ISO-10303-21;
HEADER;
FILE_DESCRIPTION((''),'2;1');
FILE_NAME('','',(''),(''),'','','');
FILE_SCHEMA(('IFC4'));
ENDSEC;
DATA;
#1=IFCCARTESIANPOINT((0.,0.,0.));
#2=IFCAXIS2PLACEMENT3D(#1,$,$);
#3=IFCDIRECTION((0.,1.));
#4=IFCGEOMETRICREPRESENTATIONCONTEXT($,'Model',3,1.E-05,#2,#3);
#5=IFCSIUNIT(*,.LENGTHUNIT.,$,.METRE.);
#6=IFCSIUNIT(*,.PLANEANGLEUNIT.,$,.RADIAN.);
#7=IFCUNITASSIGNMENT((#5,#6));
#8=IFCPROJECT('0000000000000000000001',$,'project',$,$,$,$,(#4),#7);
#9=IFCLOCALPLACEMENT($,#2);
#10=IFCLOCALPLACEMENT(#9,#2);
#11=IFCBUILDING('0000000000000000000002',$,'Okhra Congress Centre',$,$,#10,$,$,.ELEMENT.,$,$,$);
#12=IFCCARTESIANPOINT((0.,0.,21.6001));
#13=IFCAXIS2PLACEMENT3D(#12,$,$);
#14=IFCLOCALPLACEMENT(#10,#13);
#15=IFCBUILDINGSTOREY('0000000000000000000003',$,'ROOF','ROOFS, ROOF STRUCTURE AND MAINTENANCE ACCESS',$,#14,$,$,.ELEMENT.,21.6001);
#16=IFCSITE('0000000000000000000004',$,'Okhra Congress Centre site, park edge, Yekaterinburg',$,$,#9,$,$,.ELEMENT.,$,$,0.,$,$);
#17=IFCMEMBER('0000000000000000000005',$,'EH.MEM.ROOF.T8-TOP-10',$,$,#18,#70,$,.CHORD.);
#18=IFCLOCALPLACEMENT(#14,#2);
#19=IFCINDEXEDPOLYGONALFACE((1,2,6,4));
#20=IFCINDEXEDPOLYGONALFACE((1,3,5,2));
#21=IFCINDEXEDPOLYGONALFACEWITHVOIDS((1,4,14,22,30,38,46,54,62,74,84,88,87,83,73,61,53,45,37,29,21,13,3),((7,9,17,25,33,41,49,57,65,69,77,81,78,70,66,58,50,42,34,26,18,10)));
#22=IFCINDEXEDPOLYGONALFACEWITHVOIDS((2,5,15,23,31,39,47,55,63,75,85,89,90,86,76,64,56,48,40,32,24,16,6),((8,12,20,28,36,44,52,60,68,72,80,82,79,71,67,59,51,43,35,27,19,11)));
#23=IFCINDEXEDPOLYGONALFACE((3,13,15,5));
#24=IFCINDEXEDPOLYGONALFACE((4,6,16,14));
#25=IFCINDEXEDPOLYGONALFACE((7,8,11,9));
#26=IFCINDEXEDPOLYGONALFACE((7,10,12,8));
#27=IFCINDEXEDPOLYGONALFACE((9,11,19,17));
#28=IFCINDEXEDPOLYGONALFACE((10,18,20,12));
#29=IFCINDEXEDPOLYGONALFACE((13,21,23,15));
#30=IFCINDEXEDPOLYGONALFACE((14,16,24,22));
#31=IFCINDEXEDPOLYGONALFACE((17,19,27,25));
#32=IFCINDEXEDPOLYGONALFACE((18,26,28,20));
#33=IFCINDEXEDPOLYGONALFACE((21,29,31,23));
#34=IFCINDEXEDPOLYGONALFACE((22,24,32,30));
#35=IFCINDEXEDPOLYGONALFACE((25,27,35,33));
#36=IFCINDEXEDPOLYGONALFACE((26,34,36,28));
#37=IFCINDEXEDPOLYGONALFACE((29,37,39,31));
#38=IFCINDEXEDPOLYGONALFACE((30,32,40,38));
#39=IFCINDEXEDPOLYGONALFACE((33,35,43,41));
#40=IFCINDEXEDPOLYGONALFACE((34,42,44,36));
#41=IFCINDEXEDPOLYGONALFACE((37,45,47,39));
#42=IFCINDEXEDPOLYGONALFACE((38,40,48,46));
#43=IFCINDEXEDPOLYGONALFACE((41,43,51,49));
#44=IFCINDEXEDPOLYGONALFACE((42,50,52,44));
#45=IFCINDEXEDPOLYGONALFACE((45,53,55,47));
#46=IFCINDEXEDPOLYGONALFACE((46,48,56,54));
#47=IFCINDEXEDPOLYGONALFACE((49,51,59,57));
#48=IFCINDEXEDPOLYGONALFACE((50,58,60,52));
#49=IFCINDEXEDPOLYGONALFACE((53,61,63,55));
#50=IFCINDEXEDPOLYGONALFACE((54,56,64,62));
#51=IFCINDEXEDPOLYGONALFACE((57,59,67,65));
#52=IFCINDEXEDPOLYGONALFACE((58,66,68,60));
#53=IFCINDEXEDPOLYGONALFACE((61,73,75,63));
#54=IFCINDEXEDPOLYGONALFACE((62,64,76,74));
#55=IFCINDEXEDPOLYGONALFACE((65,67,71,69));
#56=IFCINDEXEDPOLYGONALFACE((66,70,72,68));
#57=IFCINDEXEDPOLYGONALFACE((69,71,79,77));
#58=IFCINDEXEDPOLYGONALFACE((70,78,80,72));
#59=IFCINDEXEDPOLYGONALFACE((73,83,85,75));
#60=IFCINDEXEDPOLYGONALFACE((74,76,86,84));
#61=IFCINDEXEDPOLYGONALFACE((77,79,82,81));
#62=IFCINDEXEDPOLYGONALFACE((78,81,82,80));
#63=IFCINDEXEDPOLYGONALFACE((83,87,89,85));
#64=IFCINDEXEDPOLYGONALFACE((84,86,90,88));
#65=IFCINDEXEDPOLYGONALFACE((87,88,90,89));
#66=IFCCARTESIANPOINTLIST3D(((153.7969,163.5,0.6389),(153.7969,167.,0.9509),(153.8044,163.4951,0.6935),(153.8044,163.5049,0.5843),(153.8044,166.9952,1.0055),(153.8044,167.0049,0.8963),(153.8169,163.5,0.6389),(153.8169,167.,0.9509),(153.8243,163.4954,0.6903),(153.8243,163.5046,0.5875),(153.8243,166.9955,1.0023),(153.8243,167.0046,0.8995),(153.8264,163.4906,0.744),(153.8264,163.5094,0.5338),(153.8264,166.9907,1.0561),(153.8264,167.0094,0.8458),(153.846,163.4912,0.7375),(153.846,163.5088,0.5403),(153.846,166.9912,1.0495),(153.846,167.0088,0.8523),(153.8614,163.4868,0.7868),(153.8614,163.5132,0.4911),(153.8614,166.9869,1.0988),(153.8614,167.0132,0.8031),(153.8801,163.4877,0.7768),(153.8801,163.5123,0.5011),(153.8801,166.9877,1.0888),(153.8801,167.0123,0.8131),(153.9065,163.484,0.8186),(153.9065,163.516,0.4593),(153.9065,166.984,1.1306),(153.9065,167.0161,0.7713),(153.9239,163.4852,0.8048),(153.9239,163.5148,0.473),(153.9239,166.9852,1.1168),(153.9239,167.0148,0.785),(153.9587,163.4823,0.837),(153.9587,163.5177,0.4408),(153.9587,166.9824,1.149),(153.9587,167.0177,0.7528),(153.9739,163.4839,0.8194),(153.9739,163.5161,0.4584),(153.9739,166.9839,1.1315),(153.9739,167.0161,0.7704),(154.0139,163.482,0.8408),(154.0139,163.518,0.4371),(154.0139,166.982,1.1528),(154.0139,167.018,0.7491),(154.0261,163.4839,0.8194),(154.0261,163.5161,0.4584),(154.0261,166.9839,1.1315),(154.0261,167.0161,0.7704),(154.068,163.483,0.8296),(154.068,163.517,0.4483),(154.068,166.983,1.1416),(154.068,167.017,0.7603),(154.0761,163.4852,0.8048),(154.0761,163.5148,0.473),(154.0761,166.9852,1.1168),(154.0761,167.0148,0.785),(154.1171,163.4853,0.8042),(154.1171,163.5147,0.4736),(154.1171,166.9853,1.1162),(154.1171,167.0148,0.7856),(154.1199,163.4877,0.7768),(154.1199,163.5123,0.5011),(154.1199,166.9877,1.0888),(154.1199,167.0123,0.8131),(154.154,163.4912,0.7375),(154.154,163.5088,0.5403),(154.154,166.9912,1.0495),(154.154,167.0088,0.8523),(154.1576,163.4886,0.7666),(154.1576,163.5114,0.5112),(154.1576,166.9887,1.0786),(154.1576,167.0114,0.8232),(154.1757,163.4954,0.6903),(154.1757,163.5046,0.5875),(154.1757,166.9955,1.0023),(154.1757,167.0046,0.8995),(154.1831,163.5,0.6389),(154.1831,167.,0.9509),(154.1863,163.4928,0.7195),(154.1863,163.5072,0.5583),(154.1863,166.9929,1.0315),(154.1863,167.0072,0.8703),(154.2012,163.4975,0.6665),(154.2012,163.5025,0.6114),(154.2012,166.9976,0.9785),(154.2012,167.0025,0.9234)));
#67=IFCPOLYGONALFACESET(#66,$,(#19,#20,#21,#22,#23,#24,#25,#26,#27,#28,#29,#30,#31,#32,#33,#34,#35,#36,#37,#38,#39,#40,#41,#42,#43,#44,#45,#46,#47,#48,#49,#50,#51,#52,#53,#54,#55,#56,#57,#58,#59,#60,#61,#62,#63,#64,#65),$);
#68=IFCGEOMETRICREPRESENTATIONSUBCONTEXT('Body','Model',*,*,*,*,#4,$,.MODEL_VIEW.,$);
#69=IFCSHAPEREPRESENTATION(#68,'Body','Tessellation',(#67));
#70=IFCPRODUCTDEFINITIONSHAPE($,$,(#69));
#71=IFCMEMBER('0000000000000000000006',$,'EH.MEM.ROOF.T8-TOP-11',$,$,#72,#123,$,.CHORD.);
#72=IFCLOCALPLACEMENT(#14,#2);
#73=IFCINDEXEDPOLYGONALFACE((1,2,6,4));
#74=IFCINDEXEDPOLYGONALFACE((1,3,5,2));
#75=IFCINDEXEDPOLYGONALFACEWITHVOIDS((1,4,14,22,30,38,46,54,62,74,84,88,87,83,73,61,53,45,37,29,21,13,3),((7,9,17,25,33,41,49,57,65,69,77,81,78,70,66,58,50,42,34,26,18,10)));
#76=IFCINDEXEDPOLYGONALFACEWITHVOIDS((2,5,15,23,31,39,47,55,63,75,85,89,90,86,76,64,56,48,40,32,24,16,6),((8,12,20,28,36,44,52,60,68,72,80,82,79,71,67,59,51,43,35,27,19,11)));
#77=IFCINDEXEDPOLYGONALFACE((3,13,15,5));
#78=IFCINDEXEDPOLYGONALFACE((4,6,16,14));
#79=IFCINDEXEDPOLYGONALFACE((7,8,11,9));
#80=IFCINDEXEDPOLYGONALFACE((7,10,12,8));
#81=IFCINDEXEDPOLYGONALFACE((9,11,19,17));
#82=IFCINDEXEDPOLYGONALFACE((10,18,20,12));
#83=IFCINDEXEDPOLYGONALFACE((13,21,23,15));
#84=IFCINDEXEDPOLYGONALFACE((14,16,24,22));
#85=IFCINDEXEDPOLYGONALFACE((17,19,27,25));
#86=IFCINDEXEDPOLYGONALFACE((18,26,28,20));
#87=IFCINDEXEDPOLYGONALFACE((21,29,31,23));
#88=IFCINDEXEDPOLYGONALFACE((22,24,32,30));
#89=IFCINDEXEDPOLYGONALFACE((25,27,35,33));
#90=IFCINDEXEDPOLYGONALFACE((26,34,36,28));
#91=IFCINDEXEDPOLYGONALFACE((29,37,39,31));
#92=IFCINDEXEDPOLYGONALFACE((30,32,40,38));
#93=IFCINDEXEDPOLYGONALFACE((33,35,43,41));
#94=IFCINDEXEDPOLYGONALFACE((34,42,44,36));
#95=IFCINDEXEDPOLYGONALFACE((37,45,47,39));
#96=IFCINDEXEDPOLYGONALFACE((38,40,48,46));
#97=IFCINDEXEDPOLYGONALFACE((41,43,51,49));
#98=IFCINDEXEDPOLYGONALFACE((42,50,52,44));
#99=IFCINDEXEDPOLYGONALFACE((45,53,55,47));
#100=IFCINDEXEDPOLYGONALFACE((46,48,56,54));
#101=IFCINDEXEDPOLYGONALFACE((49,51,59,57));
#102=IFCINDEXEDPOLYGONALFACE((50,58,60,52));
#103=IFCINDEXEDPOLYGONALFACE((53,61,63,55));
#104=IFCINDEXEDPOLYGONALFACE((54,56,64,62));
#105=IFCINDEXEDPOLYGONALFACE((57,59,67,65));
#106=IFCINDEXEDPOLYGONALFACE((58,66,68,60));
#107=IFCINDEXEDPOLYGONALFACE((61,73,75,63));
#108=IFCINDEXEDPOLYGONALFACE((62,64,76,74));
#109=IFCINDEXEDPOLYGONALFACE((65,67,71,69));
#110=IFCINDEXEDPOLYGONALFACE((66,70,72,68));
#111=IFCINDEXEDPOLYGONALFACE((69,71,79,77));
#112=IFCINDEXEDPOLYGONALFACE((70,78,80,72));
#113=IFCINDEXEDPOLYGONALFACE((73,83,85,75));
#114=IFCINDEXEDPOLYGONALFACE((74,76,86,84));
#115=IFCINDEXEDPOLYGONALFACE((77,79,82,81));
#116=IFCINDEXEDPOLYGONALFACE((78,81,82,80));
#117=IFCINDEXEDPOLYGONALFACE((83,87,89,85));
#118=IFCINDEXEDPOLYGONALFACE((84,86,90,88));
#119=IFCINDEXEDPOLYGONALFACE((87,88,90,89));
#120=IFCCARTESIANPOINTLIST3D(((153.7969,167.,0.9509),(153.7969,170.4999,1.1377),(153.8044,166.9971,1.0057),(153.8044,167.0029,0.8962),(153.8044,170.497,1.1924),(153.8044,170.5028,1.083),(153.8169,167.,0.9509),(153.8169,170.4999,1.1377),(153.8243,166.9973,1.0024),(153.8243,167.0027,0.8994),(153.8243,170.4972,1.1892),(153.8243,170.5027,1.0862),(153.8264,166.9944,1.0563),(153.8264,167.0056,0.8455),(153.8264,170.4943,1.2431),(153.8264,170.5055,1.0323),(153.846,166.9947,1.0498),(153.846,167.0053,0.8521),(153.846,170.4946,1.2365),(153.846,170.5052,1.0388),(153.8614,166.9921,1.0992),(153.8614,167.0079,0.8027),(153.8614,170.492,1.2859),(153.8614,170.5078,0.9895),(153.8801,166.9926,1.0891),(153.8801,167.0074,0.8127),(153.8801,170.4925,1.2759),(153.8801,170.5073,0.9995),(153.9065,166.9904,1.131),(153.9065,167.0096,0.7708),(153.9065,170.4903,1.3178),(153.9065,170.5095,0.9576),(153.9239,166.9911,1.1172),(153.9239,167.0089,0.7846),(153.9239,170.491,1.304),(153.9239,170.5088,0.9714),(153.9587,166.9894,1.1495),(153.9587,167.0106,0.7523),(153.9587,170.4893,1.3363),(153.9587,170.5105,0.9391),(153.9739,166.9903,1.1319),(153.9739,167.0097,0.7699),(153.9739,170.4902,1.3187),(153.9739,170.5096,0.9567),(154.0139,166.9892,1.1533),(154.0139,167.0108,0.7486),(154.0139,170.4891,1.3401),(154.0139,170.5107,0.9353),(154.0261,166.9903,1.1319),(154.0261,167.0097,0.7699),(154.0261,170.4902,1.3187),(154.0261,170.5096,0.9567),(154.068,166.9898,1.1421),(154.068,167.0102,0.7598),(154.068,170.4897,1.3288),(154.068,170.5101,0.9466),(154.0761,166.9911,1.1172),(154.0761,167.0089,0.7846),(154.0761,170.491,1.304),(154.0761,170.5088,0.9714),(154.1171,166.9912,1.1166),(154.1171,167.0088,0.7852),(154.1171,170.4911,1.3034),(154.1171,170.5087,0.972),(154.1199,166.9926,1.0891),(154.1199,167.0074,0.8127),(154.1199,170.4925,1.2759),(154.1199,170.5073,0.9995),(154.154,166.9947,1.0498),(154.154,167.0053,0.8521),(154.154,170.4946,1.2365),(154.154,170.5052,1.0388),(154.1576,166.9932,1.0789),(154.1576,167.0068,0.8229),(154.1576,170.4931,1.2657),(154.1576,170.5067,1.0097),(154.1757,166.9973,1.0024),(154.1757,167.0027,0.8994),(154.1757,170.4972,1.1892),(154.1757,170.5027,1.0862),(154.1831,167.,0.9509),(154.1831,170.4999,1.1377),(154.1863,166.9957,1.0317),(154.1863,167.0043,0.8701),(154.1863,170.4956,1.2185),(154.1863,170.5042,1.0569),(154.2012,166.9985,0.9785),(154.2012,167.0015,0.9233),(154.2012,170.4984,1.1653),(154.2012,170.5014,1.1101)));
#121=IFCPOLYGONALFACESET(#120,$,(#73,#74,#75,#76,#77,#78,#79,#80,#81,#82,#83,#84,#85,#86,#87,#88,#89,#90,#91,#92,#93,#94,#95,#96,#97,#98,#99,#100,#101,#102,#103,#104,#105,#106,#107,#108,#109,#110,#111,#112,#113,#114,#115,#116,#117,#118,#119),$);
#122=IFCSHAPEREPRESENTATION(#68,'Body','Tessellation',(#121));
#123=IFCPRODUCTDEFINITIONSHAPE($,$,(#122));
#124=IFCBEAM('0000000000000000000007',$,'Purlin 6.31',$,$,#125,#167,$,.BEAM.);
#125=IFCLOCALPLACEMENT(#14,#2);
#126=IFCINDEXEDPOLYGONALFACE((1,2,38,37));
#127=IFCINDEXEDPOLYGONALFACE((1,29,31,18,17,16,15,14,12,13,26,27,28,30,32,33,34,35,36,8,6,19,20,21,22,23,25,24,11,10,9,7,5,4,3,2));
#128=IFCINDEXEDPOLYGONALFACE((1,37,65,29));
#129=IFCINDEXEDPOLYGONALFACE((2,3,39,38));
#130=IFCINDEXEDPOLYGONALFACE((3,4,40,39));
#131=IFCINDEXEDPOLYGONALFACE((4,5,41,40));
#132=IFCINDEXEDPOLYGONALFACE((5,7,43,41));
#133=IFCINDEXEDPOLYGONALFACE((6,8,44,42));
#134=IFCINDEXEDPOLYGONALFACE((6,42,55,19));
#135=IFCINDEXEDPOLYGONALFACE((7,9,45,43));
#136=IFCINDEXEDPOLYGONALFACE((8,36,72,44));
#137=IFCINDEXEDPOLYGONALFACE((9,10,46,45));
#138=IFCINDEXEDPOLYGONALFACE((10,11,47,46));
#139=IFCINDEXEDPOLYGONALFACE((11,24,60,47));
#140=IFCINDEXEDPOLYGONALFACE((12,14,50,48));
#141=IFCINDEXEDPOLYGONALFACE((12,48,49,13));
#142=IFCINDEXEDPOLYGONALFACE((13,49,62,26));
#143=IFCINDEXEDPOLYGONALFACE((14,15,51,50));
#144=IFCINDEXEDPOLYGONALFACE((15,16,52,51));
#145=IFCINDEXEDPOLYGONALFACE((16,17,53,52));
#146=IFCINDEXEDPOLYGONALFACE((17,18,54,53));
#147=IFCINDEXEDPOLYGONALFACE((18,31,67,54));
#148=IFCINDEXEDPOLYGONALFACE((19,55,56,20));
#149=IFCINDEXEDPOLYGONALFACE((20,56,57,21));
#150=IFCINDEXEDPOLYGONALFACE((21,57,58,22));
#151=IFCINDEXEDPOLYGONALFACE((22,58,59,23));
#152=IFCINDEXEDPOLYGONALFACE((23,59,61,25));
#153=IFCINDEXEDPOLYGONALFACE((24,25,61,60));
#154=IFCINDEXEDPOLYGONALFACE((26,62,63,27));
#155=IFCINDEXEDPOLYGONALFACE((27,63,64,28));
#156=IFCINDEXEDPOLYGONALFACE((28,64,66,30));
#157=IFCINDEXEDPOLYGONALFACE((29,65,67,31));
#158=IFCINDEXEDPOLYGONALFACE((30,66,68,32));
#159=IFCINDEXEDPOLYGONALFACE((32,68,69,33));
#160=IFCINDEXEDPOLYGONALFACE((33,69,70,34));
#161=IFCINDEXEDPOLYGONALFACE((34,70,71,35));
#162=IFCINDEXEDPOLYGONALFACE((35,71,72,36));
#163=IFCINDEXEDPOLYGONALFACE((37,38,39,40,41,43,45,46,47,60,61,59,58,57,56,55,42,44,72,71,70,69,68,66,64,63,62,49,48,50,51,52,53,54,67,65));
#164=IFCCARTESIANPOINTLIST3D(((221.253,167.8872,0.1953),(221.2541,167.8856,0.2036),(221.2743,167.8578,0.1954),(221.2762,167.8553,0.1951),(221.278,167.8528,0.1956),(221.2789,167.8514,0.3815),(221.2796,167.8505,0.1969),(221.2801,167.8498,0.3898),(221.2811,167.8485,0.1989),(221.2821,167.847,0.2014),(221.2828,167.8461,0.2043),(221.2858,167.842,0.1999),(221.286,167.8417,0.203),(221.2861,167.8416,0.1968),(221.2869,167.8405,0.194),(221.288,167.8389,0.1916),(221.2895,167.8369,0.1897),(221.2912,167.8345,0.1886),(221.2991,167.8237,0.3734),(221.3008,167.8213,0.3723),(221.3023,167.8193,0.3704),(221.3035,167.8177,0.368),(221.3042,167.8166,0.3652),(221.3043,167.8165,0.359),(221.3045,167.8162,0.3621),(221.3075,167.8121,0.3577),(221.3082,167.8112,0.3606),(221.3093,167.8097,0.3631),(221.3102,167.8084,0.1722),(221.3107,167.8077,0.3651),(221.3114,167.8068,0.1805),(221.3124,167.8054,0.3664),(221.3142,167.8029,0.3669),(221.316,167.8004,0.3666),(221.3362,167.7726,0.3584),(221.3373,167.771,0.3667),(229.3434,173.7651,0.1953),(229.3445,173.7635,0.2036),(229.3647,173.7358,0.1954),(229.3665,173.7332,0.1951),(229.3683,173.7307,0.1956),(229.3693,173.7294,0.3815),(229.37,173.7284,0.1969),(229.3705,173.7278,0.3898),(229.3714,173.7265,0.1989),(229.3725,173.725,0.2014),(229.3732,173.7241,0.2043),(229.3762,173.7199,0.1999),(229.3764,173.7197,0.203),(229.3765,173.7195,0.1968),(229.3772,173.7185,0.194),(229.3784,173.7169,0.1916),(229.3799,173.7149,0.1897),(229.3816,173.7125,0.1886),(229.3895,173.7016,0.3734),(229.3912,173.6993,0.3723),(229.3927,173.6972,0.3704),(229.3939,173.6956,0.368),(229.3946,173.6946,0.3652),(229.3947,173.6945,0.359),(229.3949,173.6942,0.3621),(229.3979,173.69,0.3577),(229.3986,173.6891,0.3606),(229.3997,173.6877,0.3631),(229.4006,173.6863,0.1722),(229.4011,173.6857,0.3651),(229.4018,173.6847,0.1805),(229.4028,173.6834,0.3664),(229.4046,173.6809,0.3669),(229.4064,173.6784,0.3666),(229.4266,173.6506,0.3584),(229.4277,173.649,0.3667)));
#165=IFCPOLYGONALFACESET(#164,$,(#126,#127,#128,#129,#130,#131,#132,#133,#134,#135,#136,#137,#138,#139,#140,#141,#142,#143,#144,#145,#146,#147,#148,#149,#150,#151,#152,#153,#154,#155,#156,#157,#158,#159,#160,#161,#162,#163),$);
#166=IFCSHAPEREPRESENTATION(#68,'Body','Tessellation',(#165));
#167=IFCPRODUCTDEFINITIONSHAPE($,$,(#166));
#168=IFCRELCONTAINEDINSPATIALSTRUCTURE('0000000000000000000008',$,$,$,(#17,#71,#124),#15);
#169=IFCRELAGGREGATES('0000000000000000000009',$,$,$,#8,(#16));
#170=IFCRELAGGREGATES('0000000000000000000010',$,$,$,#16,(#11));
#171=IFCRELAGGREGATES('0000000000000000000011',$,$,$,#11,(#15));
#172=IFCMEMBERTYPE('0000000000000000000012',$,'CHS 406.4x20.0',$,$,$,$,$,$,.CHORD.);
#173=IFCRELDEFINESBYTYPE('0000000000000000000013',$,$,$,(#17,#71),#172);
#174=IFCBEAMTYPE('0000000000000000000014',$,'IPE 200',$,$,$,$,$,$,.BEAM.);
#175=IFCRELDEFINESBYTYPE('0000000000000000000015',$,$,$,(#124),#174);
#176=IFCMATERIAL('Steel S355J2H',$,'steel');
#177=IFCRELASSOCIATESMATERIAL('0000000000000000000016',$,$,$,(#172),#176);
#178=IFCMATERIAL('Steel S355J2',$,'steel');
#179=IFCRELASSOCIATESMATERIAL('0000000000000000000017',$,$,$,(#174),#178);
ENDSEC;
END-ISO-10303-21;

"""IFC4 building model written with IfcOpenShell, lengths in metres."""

from ifc_helpers import new_model, si_unit, direction, frame, origin, origin_2d, place, context, subcontext, project, spatial, hollow_circle, i_section, extrude, material, material_profile, profile_set, type_object, element, save


model = new_model("IFC4")

# Units and contexts
model_context = context("Model", 3, precision=1e-05, world=origin(), true_north=direction((0.0, 1.0)))
body_context = subcontext(model_context, "Body", "Model", "MODEL_VIEW")
ifc_project = project(units=[si_unit("LENGTHUNIT", "METRE"), si_unit("PLANEANGLEUNIT", "RADIAN")], contexts=[model_context])

# Site, building, storey
site_placement = place(None, origin())
site = spatial("IfcSite", under=ifc_project, at=site_placement, Name="Okhra Congress Centre site, park edge, Yekaterinburg", CompositionType="ELEMENT", RefElevation=0.0)
building_placement = place(site_placement, origin())
building = spatial("IfcBuilding", under=site, at=building_placement, Name="Okhra Congress Centre", CompositionType="ELEMENT")
storey_placement = place(building_placement, frame((0.0, 0.0, 21.6001)))
storey = spatial("IfcBuildingStorey", under=building, at=storey_placement, Name="ROOF", Description="ROOFS, ROOF STRUCTURE AND MAINTENANCE ACCESS", CompositionType="ELEMENT", Elevation=21.6001)

# Shared definitions
ifc_material_1 = material(Name="Steel S355J2", Category="steel")

# Members
ifc_material_2 = material(Name="Steel S355J2H", Category="steel")
ifc_material_profile_1 = material_profile(ifc_material_2, hollow_circle(Radius=0.2031, WallThickness=0.02, at=origin_2d()), Name="CHS 406.4x20.0")
ifc_profile_set_1 = profile_set([ifc_material_profile_1], Name="Steel S355J2H")
member_type_1 = type_object("IfcMemberType", Name="CHS 406.4x20.0", PredefinedType="CHORD", material=ifc_profile_set_1)
member_1_placement = place(storey_placement, frame((154.0, 163.5, 0.6389), z_axis=(0.0, 0.99605, 0.088794), x_axis=(-1.0, 0.0, 0.0)))
element("IfcMember", 1, at=member_1_placement, inside=storey, type_object=member_type_1, Name="EH.MEM.ROOF.T8-TOP-10", PredefinedType="CHORD", context=body_context, shape_type="SweptSolid", body=[
    extrude(hollow_circle(Radius=0.2031, WallThickness=0.02, at=origin_2d()), origin(), (0.0, 0.0, 1.0), 3.5139),
])
member_2_placement = place(storey_placement, frame((154.0, 167.0, 0.9509), z_axis=(0.0, 0.998579, 0.053286), x_axis=(-1.0, 0.0, 0.0)))
element("IfcMember", 2, at=member_2_placement, inside=storey, type_object=member_type_1, Name="EH.MEM.ROOF.T8-TOP-11", PredefinedType="CHORD", context=body_context, shape_type="SweptSolid", body=[
    extrude(hollow_circle(Radius=0.2031, WallThickness=0.02, at=origin_2d()), origin(), (0.0, 0.0, 1.0), 3.5049),
])

# Beam
ifc_material_profile_2 = material_profile(ifc_material_1, i_section(OverallWidth=0.1001, OverallDepth=0.2, WebThickness=0.0056, FlangeThickness=0.0085, FilletRadius=0.012, at=origin_2d()), Name="IPE 200")
ifc_profile_set_2 = profile_set([ifc_material_profile_2], Name="Steel S355J2")
beam_type = type_object("IfcBeamType", Name="IPE 200", PredefinedType="BEAM", material=ifc_profile_set_2)
for number, where, z_axis, x_axis, name in (
    (3, (221.2952, 167.8291, 0.281), (0.809019, 0.587783, 0.0), (-0.571939, 0.787212, 0.230616), "Purlin 6.31"),
):
    element("IfcBeam", number, at=place(storey_placement, frame(where, z_axis=z_axis, x_axis=x_axis)), inside=storey, type_object=beam_type, Name=name, PredefinedType="BEAM", context=body_context, shape_type="SweptSolid", body=[
        extrude(i_section(OverallWidth=0.1001, OverallDepth=0.2, WebThickness=0.0056, FlangeThickness=0.0085, FilletRadius=0.012, at=origin_2d()), origin(), (0.0, 0.0, 1.0), 10.0002),
    ])

save(model, "model.ifc")
